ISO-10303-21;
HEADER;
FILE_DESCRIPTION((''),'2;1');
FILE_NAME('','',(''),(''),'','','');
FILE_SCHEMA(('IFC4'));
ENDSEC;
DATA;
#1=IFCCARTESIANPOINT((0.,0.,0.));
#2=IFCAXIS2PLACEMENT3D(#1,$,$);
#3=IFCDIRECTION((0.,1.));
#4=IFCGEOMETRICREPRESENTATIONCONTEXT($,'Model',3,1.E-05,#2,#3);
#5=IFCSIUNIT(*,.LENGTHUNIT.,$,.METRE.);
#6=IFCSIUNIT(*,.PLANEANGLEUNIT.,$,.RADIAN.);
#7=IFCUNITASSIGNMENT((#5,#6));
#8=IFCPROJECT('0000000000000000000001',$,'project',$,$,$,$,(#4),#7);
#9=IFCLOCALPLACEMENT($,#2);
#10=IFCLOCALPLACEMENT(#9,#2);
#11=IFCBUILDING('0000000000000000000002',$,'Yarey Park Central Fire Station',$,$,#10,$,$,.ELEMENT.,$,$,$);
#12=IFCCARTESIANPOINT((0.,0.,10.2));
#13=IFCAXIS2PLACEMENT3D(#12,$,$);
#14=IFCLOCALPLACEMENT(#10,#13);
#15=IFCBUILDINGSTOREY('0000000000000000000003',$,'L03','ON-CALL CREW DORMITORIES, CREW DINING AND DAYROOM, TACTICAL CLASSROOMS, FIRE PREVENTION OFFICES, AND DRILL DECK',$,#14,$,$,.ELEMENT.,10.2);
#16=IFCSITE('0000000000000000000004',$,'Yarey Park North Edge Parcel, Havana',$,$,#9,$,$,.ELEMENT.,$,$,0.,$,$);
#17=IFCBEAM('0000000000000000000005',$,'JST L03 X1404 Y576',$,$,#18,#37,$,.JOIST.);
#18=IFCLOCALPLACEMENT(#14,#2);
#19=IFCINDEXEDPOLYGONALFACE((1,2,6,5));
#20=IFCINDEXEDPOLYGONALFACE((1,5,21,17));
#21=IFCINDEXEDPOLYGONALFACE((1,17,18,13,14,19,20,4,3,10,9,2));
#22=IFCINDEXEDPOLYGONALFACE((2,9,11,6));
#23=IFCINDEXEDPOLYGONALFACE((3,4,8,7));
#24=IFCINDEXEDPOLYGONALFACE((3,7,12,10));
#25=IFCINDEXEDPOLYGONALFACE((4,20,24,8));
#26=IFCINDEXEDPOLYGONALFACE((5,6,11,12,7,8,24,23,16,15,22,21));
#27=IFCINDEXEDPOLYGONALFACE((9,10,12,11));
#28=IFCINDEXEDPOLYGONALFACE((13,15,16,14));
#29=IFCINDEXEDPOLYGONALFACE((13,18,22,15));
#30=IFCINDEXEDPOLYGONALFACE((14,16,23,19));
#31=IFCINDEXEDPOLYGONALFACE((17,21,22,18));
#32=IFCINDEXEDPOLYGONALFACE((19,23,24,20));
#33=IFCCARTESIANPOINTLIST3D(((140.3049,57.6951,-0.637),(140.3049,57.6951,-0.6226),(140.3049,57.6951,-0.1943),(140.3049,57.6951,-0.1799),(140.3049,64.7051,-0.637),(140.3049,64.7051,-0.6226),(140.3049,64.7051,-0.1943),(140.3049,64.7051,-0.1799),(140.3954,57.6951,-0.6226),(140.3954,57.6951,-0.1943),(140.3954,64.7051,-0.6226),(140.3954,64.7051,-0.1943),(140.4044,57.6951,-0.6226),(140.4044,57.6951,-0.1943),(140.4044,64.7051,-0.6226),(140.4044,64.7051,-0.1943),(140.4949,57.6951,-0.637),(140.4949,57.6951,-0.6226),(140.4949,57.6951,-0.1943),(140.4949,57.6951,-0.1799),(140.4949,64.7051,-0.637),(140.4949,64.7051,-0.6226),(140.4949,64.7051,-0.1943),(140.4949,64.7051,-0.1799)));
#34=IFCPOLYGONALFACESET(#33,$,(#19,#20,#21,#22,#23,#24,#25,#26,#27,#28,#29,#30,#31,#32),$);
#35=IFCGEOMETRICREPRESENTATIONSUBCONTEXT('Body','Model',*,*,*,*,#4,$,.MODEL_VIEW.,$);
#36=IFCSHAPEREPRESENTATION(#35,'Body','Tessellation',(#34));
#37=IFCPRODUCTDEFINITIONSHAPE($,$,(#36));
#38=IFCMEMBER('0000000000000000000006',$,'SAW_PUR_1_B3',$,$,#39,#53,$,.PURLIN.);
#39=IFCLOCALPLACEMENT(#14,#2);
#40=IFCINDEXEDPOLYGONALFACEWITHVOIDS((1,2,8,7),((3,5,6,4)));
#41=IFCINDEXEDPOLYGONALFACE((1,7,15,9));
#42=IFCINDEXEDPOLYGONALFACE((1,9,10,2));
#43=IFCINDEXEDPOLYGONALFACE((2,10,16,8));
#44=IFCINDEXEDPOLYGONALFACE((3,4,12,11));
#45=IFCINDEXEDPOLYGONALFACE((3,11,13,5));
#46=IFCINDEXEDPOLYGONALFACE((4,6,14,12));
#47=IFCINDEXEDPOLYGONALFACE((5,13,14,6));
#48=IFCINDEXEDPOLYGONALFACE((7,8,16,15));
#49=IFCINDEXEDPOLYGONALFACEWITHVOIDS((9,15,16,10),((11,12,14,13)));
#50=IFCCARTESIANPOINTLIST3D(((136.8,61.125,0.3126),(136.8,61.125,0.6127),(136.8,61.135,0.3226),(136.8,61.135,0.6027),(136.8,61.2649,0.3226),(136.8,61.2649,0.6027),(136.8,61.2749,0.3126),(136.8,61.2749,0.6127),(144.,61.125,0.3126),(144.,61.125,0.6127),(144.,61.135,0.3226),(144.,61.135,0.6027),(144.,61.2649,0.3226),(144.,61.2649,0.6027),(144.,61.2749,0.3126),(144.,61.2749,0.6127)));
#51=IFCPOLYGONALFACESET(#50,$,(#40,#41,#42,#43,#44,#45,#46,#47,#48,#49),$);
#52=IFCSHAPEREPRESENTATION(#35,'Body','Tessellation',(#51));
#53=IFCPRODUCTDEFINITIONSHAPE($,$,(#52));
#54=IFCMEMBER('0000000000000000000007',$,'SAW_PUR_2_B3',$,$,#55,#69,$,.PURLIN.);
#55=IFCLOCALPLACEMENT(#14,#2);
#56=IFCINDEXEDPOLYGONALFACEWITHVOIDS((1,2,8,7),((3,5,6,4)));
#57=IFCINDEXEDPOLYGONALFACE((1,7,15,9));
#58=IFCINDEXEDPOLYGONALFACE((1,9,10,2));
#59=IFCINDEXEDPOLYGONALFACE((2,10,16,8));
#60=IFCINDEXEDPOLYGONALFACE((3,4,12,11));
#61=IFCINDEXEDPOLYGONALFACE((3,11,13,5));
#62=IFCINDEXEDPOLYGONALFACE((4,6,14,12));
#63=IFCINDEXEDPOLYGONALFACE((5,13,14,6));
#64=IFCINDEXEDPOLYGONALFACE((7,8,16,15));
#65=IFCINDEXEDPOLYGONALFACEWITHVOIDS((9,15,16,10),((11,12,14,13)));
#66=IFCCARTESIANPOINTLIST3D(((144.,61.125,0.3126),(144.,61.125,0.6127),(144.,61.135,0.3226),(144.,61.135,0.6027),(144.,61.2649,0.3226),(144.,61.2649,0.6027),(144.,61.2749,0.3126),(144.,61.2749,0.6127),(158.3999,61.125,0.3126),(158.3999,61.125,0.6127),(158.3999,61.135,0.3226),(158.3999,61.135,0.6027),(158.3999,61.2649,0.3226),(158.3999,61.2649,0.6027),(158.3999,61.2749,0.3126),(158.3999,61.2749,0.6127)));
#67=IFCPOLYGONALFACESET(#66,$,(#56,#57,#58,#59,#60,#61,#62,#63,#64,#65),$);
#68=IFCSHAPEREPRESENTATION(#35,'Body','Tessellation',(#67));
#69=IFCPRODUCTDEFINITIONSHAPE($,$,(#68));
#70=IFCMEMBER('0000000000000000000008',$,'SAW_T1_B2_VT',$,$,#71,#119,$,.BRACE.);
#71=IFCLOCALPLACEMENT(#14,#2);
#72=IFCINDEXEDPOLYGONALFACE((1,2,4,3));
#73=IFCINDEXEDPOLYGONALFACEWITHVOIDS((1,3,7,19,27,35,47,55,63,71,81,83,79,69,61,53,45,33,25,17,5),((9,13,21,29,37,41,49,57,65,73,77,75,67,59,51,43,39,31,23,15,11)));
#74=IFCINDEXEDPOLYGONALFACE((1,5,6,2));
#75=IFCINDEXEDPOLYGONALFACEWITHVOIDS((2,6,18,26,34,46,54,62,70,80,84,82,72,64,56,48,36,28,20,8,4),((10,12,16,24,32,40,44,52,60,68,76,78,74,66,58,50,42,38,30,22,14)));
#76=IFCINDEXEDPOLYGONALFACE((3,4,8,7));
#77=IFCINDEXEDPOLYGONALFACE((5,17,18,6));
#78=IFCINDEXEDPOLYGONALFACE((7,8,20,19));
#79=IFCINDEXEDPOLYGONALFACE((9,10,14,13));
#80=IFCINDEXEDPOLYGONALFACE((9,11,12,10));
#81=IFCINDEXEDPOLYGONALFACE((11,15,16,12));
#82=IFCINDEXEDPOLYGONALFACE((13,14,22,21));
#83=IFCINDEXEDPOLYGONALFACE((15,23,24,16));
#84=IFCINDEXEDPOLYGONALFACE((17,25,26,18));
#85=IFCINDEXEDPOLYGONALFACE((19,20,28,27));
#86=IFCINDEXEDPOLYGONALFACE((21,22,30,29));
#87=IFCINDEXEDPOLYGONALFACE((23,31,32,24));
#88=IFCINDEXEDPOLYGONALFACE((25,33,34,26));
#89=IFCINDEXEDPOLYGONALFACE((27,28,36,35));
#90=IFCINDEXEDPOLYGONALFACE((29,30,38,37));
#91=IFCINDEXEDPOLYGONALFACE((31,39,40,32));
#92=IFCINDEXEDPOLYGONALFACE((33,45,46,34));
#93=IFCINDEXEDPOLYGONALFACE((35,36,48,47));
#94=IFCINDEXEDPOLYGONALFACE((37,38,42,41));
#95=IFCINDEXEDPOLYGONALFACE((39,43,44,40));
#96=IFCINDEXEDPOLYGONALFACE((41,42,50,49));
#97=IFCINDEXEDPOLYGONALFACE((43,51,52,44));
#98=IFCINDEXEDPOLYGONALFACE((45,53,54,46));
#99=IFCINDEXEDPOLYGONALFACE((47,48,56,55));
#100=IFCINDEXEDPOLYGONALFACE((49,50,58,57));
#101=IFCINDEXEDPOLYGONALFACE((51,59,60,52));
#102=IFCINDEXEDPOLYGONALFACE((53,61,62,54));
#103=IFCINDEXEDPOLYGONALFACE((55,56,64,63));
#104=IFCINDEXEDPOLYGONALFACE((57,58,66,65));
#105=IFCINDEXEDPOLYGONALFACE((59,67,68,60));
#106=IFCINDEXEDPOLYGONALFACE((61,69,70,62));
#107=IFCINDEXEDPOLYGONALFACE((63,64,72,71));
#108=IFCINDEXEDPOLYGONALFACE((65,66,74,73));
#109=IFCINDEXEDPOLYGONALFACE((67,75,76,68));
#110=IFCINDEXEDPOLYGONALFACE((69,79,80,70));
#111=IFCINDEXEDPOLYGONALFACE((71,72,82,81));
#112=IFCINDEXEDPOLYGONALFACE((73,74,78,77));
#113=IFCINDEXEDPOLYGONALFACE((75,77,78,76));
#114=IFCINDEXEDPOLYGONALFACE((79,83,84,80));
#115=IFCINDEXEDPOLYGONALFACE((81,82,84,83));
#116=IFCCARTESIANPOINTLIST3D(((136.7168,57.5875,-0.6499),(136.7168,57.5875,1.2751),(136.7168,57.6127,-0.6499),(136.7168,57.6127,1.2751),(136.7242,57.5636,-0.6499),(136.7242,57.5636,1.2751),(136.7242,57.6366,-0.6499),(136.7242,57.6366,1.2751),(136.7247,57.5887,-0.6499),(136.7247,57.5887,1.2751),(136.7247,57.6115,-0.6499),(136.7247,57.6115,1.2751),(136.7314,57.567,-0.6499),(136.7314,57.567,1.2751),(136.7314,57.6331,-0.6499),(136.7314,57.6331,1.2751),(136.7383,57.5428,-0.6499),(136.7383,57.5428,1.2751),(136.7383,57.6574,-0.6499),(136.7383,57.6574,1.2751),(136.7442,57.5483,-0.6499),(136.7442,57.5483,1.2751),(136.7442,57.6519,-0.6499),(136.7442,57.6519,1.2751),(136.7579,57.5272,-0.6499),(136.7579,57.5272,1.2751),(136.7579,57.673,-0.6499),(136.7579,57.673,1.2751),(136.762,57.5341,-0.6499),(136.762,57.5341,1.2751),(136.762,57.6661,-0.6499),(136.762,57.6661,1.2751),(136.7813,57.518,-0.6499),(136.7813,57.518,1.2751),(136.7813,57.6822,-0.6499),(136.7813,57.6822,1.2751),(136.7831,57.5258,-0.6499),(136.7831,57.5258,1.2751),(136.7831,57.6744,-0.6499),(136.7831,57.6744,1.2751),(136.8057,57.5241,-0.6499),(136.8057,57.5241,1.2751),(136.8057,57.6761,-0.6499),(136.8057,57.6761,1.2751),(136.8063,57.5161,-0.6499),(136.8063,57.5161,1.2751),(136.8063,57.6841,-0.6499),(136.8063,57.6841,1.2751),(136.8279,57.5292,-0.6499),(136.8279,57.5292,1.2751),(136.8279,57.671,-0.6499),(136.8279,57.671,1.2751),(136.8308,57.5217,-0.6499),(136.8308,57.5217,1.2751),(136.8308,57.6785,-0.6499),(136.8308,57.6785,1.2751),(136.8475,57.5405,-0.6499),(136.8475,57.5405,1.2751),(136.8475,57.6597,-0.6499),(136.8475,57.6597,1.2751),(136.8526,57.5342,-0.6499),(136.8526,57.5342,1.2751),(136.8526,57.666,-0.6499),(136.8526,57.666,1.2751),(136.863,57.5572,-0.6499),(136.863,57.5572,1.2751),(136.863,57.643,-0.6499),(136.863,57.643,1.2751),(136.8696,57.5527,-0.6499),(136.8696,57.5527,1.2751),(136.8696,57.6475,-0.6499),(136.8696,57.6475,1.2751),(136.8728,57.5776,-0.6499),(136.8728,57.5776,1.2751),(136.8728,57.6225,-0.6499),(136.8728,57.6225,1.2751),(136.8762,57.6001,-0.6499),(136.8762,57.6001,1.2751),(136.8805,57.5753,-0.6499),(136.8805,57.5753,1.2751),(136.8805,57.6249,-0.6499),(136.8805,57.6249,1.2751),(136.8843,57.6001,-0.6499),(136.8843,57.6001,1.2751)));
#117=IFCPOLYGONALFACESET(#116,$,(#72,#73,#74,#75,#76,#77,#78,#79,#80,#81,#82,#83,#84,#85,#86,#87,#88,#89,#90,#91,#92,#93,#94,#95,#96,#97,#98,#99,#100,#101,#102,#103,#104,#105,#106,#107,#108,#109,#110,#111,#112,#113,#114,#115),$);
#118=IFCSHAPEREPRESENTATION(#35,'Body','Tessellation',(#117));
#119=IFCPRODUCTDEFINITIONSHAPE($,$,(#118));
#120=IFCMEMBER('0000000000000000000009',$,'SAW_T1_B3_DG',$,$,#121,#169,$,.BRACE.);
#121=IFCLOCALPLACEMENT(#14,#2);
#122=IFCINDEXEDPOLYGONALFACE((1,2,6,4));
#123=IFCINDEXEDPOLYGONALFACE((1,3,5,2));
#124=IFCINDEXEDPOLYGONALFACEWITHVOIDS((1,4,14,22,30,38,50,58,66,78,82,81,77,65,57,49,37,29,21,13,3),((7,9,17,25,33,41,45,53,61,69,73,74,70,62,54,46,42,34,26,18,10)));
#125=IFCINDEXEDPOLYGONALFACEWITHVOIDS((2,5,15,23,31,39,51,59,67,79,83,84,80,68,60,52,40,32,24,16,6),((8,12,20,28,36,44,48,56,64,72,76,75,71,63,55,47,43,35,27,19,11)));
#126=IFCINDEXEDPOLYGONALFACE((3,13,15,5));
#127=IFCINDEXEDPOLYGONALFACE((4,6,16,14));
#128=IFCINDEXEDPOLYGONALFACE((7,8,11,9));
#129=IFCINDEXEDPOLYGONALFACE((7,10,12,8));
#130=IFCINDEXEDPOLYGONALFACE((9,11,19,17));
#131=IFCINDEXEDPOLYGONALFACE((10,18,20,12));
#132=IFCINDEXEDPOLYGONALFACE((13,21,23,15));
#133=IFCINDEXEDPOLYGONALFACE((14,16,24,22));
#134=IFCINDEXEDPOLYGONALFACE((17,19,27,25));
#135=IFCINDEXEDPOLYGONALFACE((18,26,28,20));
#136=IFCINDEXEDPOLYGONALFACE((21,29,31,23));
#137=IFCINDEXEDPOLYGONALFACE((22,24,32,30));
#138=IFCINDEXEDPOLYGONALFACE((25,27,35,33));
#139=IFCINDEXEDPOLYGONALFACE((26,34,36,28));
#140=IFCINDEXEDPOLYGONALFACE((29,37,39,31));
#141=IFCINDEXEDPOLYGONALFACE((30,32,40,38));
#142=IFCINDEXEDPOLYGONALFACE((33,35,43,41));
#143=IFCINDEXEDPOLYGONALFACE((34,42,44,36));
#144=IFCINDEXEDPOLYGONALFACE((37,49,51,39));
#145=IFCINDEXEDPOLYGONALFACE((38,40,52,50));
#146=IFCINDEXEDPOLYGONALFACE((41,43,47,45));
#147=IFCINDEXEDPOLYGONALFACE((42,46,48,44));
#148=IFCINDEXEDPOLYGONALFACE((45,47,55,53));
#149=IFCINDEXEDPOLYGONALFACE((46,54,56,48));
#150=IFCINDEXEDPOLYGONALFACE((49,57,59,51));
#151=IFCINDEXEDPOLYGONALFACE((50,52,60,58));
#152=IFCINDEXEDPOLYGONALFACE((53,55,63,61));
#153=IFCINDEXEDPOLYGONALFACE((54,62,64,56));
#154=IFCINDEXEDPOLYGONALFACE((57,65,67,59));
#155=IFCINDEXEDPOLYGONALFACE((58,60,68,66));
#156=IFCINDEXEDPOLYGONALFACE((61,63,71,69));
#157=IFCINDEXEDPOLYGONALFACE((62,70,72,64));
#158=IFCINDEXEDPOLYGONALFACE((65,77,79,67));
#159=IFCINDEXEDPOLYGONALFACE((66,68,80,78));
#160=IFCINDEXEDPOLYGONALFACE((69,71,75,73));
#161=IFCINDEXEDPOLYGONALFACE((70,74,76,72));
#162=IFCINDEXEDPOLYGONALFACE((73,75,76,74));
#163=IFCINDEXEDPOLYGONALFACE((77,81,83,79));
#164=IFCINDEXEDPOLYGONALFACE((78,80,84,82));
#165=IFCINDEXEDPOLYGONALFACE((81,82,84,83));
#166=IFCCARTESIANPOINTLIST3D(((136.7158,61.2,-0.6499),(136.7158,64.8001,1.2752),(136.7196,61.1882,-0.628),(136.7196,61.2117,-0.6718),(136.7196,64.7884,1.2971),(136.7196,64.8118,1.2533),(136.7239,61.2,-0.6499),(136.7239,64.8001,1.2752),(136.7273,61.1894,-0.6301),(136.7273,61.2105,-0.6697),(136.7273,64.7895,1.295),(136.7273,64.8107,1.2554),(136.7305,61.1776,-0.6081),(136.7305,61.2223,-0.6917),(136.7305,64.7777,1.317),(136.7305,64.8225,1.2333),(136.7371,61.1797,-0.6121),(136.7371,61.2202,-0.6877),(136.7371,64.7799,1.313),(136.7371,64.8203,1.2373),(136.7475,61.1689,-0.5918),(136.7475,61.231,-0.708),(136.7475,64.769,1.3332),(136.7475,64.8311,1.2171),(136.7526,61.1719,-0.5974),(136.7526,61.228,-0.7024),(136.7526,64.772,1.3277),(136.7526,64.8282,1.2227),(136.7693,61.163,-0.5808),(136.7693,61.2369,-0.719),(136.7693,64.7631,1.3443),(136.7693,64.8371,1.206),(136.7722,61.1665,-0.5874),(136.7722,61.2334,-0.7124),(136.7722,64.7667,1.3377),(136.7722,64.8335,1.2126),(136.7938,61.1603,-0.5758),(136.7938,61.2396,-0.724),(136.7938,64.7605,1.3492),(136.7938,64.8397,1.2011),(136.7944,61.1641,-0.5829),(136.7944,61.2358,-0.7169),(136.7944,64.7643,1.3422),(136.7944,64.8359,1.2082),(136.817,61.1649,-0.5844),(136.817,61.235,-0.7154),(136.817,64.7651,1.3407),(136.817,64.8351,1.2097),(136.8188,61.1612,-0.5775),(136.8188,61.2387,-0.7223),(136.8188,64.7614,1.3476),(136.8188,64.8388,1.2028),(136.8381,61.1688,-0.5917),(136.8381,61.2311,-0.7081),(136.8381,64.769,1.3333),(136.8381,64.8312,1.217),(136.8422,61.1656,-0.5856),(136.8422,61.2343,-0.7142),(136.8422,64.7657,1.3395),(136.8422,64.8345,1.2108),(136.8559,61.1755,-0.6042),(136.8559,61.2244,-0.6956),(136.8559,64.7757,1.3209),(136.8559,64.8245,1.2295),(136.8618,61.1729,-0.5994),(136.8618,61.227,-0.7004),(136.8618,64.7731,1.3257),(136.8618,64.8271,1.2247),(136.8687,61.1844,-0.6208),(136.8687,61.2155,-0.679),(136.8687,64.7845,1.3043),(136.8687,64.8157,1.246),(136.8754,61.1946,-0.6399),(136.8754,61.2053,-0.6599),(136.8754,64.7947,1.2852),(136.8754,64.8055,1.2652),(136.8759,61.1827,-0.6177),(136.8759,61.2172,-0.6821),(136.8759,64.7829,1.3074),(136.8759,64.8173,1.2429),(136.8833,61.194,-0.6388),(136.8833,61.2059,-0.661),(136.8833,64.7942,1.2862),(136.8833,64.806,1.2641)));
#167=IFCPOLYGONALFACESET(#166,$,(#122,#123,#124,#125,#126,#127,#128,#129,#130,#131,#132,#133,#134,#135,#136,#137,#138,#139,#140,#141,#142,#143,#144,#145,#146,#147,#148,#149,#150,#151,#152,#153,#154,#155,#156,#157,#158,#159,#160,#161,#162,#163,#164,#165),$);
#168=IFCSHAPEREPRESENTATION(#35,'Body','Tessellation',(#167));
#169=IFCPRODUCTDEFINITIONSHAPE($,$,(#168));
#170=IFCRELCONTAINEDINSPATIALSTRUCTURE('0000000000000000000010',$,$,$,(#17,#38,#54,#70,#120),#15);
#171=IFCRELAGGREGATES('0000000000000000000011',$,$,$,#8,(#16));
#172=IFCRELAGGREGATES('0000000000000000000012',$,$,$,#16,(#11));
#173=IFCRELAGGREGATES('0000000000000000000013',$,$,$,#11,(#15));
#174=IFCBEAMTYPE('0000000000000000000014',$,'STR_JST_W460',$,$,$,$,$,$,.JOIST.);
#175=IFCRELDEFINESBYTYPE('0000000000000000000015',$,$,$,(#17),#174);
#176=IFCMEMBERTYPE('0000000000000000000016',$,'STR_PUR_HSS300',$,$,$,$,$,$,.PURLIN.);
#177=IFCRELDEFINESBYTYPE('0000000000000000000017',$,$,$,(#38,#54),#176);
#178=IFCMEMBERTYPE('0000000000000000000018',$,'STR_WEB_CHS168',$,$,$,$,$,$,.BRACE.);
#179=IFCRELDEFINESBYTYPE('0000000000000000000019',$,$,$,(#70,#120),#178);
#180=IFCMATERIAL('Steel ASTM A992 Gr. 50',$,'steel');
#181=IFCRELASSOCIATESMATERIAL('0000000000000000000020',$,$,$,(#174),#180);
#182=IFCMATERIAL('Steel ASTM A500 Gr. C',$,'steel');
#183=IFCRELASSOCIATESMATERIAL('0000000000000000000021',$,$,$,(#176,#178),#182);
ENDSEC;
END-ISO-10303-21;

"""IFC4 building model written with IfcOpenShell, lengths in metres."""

from ifc_helpers import new_model, si_unit, direction, frame, origin, origin_2d, place, context, subcontext, project, spatial, hollow_rectangle, hollow_circle, i_section, extrude, material, material_profile, profile_set, type_object, element, save


model = new_model("IFC4")

# Units and contexts
model_context = context("Model", 3, precision=1e-05, world=origin(), true_north=direction((0.0, 1.0)))
body_context = subcontext(model_context, "Body", "Model", "MODEL_VIEW")
ifc_project = project(units=[si_unit("LENGTHUNIT", "METRE"), si_unit("PLANEANGLEUNIT", "RADIAN")], contexts=[model_context])

# Site, building, storey
site_placement = place(None, origin())
site = spatial("IfcSite", under=ifc_project, at=site_placement, Name="Yarey Park North Edge Parcel, Havana", CompositionType="ELEMENT", RefElevation=0.0)
building_placement = place(site_placement, origin())
building = spatial("IfcBuilding", under=site, at=building_placement, Name="Yarey Park Central Fire Station", CompositionType="ELEMENT")
storey_placement = place(building_placement, frame((0.0, 0.0, 10.2)))
storey = spatial("IfcBuildingStorey", under=building, at=storey_placement, Name="L03", Description="ON-CALL CREW DORMITORIES, CREW DINING AND DAYROOM, TACTICAL CLASSROOMS, FIRE PREVENTION OFFICES, AND DRILL DECK", CompositionType="ELEMENT", Elevation=10.2)

# Shared definitions
ifc_material_1 = material(Name="Steel ASTM A992 Gr. 50", Category="steel")

# Shared definitions
ifc_material_2 = material(Name="Steel ASTM A500 Gr. C", Category="steel")

# Beam
ifc_material_profile_1 = material_profile(ifc_material_1, i_section(OverallWidth=0.1899, OverallDepth=0.457, WebThickness=0.009, FlangeThickness=0.0144, at=origin_2d()), Name="W460x74")
ifc_profile_set_1 = profile_set([ifc_material_profile_1], Name="Steel ASTM A992 Gr. 50")
beam_type_1 = type_object("IfcBeamType", Name="STR_JST_W460", PredefinedType="JOIST", material=ifc_profile_set_1)
beam_placement = place(storey_placement, frame((140.3999, 57.6951, -0.4084), z_axis=(0.0, 1.0, 0.0), x_axis=(-1.0, 0.0, 0.0)))
element("IfcBeam", 1, at=beam_placement, inside=storey, type_object=beam_type_1, Name="JST L03 X1404 Y576", PredefinedType="JOIST", context=body_context, shape_type="SweptSolid", body=[
    extrude(i_section(OverallWidth=0.1899, OverallDepth=0.457, WebThickness=0.009, FlangeThickness=0.0144, at=origin_2d()), origin(), (0.0, 0.0, 1.0), 7.01),
])

# Members
ifc_material_profile_2 = material_profile(ifc_material_2, hollow_rectangle(XDim=0.1499, YDim=0.3, WallThickness=0.01, at=origin_2d()), Name="HSS 300x150x10")
ifc_profile_set_2 = profile_set([ifc_material_profile_2], Name="Steel ASTM A500 Gr. C")
member_type_1 = type_object("IfcMemberType", Name="STR_PUR_HSS300", PredefinedType="PURLIN", material=ifc_profile_set_2)
member_1_placement = place(storey_placement, frame((136.8, 61.2, 0.4626), z_axis=(1.0, 0.0, 0.0), x_axis=(0.0, 1.0, 0.0)))
element("IfcMember", 2, at=member_1_placement, inside=storey, type_object=member_type_1, Name="SAW_PUR_1_B3", PredefinedType="PURLIN", context=body_context, shape_type="SweptSolid", body=[
    extrude(hollow_rectangle(XDim=0.1499, YDim=0.3, WallThickness=0.01, at=origin_2d()), origin(), (0.0, 0.0, 1.0), 7.2),
])
member_2_placement = place(storey_placement, frame((144.0, 61.2, 0.4626), z_axis=(1.0, 0.0, 0.0), x_axis=(0.0, 1.0, 0.0)))
element("IfcMember", 3, at=member_2_placement, inside=storey, type_object=member_type_1, Name="SAW_PUR_2_B3", PredefinedType="PURLIN", context=body_context, shape_type="SweptSolid", body=[
    extrude(hollow_rectangle(XDim=0.1499, YDim=0.3, WallThickness=0.01, at=origin_2d()), origin(), (0.0, 0.0, 1.0), 14.3999),
])
ifc_material_profile_3 = material_profile(ifc_material_2, hollow_circle(Radius=0.0842, WallThickness=0.0081, at=origin_2d()), Name="CHS 168.3x8")
ifc_profile_set_3 = profile_set([ifc_material_profile_3], Name="Steel ASTM A500 Gr. C")
member_type_2 = type_object("IfcMemberType", Name="STR_WEB_CHS168", PredefinedType="BRACE", material=ifc_profile_set_3)
member_3_placement = place(storey_placement, frame((136.8, 57.6001, -0.6499), z_axis=(0.0, 0.0, 1.0), x_axis=(1.0, 0.0, 0.0)))
element("IfcMember", 4, at=member_3_placement, inside=storey, type_object=member_type_2, Name="SAW_T1_B2_VT", PredefinedType="BRACE", context=body_context, shape_type="SweptSolid", body=[
    extrude(hollow_circle(Radius=0.0842, WallThickness=0.0081, at=origin_2d()), origin(), (0.0, 0.0, 1.0), 1.925),
])
member_4_placement = place(storey_placement, frame((136.8, 61.2, -0.6499), z_axis=(0.0, 0.881844, 0.471541), x_axis=(-1.0, 0.0, 0.0)))
element("IfcMember", 5, at=member_4_placement, inside=storey, type_object=member_type_2, Name="SAW_T1_B3_DG", PredefinedType="BRACE", context=body_context, shape_type="SweptSolid", body=[
    extrude(hollow_circle(Radius=0.0842, WallThickness=0.0081, at=origin_2d()), origin(), (0.0, 0.0, 1.0), 4.0825),
])

save(model, "model.ifc")
